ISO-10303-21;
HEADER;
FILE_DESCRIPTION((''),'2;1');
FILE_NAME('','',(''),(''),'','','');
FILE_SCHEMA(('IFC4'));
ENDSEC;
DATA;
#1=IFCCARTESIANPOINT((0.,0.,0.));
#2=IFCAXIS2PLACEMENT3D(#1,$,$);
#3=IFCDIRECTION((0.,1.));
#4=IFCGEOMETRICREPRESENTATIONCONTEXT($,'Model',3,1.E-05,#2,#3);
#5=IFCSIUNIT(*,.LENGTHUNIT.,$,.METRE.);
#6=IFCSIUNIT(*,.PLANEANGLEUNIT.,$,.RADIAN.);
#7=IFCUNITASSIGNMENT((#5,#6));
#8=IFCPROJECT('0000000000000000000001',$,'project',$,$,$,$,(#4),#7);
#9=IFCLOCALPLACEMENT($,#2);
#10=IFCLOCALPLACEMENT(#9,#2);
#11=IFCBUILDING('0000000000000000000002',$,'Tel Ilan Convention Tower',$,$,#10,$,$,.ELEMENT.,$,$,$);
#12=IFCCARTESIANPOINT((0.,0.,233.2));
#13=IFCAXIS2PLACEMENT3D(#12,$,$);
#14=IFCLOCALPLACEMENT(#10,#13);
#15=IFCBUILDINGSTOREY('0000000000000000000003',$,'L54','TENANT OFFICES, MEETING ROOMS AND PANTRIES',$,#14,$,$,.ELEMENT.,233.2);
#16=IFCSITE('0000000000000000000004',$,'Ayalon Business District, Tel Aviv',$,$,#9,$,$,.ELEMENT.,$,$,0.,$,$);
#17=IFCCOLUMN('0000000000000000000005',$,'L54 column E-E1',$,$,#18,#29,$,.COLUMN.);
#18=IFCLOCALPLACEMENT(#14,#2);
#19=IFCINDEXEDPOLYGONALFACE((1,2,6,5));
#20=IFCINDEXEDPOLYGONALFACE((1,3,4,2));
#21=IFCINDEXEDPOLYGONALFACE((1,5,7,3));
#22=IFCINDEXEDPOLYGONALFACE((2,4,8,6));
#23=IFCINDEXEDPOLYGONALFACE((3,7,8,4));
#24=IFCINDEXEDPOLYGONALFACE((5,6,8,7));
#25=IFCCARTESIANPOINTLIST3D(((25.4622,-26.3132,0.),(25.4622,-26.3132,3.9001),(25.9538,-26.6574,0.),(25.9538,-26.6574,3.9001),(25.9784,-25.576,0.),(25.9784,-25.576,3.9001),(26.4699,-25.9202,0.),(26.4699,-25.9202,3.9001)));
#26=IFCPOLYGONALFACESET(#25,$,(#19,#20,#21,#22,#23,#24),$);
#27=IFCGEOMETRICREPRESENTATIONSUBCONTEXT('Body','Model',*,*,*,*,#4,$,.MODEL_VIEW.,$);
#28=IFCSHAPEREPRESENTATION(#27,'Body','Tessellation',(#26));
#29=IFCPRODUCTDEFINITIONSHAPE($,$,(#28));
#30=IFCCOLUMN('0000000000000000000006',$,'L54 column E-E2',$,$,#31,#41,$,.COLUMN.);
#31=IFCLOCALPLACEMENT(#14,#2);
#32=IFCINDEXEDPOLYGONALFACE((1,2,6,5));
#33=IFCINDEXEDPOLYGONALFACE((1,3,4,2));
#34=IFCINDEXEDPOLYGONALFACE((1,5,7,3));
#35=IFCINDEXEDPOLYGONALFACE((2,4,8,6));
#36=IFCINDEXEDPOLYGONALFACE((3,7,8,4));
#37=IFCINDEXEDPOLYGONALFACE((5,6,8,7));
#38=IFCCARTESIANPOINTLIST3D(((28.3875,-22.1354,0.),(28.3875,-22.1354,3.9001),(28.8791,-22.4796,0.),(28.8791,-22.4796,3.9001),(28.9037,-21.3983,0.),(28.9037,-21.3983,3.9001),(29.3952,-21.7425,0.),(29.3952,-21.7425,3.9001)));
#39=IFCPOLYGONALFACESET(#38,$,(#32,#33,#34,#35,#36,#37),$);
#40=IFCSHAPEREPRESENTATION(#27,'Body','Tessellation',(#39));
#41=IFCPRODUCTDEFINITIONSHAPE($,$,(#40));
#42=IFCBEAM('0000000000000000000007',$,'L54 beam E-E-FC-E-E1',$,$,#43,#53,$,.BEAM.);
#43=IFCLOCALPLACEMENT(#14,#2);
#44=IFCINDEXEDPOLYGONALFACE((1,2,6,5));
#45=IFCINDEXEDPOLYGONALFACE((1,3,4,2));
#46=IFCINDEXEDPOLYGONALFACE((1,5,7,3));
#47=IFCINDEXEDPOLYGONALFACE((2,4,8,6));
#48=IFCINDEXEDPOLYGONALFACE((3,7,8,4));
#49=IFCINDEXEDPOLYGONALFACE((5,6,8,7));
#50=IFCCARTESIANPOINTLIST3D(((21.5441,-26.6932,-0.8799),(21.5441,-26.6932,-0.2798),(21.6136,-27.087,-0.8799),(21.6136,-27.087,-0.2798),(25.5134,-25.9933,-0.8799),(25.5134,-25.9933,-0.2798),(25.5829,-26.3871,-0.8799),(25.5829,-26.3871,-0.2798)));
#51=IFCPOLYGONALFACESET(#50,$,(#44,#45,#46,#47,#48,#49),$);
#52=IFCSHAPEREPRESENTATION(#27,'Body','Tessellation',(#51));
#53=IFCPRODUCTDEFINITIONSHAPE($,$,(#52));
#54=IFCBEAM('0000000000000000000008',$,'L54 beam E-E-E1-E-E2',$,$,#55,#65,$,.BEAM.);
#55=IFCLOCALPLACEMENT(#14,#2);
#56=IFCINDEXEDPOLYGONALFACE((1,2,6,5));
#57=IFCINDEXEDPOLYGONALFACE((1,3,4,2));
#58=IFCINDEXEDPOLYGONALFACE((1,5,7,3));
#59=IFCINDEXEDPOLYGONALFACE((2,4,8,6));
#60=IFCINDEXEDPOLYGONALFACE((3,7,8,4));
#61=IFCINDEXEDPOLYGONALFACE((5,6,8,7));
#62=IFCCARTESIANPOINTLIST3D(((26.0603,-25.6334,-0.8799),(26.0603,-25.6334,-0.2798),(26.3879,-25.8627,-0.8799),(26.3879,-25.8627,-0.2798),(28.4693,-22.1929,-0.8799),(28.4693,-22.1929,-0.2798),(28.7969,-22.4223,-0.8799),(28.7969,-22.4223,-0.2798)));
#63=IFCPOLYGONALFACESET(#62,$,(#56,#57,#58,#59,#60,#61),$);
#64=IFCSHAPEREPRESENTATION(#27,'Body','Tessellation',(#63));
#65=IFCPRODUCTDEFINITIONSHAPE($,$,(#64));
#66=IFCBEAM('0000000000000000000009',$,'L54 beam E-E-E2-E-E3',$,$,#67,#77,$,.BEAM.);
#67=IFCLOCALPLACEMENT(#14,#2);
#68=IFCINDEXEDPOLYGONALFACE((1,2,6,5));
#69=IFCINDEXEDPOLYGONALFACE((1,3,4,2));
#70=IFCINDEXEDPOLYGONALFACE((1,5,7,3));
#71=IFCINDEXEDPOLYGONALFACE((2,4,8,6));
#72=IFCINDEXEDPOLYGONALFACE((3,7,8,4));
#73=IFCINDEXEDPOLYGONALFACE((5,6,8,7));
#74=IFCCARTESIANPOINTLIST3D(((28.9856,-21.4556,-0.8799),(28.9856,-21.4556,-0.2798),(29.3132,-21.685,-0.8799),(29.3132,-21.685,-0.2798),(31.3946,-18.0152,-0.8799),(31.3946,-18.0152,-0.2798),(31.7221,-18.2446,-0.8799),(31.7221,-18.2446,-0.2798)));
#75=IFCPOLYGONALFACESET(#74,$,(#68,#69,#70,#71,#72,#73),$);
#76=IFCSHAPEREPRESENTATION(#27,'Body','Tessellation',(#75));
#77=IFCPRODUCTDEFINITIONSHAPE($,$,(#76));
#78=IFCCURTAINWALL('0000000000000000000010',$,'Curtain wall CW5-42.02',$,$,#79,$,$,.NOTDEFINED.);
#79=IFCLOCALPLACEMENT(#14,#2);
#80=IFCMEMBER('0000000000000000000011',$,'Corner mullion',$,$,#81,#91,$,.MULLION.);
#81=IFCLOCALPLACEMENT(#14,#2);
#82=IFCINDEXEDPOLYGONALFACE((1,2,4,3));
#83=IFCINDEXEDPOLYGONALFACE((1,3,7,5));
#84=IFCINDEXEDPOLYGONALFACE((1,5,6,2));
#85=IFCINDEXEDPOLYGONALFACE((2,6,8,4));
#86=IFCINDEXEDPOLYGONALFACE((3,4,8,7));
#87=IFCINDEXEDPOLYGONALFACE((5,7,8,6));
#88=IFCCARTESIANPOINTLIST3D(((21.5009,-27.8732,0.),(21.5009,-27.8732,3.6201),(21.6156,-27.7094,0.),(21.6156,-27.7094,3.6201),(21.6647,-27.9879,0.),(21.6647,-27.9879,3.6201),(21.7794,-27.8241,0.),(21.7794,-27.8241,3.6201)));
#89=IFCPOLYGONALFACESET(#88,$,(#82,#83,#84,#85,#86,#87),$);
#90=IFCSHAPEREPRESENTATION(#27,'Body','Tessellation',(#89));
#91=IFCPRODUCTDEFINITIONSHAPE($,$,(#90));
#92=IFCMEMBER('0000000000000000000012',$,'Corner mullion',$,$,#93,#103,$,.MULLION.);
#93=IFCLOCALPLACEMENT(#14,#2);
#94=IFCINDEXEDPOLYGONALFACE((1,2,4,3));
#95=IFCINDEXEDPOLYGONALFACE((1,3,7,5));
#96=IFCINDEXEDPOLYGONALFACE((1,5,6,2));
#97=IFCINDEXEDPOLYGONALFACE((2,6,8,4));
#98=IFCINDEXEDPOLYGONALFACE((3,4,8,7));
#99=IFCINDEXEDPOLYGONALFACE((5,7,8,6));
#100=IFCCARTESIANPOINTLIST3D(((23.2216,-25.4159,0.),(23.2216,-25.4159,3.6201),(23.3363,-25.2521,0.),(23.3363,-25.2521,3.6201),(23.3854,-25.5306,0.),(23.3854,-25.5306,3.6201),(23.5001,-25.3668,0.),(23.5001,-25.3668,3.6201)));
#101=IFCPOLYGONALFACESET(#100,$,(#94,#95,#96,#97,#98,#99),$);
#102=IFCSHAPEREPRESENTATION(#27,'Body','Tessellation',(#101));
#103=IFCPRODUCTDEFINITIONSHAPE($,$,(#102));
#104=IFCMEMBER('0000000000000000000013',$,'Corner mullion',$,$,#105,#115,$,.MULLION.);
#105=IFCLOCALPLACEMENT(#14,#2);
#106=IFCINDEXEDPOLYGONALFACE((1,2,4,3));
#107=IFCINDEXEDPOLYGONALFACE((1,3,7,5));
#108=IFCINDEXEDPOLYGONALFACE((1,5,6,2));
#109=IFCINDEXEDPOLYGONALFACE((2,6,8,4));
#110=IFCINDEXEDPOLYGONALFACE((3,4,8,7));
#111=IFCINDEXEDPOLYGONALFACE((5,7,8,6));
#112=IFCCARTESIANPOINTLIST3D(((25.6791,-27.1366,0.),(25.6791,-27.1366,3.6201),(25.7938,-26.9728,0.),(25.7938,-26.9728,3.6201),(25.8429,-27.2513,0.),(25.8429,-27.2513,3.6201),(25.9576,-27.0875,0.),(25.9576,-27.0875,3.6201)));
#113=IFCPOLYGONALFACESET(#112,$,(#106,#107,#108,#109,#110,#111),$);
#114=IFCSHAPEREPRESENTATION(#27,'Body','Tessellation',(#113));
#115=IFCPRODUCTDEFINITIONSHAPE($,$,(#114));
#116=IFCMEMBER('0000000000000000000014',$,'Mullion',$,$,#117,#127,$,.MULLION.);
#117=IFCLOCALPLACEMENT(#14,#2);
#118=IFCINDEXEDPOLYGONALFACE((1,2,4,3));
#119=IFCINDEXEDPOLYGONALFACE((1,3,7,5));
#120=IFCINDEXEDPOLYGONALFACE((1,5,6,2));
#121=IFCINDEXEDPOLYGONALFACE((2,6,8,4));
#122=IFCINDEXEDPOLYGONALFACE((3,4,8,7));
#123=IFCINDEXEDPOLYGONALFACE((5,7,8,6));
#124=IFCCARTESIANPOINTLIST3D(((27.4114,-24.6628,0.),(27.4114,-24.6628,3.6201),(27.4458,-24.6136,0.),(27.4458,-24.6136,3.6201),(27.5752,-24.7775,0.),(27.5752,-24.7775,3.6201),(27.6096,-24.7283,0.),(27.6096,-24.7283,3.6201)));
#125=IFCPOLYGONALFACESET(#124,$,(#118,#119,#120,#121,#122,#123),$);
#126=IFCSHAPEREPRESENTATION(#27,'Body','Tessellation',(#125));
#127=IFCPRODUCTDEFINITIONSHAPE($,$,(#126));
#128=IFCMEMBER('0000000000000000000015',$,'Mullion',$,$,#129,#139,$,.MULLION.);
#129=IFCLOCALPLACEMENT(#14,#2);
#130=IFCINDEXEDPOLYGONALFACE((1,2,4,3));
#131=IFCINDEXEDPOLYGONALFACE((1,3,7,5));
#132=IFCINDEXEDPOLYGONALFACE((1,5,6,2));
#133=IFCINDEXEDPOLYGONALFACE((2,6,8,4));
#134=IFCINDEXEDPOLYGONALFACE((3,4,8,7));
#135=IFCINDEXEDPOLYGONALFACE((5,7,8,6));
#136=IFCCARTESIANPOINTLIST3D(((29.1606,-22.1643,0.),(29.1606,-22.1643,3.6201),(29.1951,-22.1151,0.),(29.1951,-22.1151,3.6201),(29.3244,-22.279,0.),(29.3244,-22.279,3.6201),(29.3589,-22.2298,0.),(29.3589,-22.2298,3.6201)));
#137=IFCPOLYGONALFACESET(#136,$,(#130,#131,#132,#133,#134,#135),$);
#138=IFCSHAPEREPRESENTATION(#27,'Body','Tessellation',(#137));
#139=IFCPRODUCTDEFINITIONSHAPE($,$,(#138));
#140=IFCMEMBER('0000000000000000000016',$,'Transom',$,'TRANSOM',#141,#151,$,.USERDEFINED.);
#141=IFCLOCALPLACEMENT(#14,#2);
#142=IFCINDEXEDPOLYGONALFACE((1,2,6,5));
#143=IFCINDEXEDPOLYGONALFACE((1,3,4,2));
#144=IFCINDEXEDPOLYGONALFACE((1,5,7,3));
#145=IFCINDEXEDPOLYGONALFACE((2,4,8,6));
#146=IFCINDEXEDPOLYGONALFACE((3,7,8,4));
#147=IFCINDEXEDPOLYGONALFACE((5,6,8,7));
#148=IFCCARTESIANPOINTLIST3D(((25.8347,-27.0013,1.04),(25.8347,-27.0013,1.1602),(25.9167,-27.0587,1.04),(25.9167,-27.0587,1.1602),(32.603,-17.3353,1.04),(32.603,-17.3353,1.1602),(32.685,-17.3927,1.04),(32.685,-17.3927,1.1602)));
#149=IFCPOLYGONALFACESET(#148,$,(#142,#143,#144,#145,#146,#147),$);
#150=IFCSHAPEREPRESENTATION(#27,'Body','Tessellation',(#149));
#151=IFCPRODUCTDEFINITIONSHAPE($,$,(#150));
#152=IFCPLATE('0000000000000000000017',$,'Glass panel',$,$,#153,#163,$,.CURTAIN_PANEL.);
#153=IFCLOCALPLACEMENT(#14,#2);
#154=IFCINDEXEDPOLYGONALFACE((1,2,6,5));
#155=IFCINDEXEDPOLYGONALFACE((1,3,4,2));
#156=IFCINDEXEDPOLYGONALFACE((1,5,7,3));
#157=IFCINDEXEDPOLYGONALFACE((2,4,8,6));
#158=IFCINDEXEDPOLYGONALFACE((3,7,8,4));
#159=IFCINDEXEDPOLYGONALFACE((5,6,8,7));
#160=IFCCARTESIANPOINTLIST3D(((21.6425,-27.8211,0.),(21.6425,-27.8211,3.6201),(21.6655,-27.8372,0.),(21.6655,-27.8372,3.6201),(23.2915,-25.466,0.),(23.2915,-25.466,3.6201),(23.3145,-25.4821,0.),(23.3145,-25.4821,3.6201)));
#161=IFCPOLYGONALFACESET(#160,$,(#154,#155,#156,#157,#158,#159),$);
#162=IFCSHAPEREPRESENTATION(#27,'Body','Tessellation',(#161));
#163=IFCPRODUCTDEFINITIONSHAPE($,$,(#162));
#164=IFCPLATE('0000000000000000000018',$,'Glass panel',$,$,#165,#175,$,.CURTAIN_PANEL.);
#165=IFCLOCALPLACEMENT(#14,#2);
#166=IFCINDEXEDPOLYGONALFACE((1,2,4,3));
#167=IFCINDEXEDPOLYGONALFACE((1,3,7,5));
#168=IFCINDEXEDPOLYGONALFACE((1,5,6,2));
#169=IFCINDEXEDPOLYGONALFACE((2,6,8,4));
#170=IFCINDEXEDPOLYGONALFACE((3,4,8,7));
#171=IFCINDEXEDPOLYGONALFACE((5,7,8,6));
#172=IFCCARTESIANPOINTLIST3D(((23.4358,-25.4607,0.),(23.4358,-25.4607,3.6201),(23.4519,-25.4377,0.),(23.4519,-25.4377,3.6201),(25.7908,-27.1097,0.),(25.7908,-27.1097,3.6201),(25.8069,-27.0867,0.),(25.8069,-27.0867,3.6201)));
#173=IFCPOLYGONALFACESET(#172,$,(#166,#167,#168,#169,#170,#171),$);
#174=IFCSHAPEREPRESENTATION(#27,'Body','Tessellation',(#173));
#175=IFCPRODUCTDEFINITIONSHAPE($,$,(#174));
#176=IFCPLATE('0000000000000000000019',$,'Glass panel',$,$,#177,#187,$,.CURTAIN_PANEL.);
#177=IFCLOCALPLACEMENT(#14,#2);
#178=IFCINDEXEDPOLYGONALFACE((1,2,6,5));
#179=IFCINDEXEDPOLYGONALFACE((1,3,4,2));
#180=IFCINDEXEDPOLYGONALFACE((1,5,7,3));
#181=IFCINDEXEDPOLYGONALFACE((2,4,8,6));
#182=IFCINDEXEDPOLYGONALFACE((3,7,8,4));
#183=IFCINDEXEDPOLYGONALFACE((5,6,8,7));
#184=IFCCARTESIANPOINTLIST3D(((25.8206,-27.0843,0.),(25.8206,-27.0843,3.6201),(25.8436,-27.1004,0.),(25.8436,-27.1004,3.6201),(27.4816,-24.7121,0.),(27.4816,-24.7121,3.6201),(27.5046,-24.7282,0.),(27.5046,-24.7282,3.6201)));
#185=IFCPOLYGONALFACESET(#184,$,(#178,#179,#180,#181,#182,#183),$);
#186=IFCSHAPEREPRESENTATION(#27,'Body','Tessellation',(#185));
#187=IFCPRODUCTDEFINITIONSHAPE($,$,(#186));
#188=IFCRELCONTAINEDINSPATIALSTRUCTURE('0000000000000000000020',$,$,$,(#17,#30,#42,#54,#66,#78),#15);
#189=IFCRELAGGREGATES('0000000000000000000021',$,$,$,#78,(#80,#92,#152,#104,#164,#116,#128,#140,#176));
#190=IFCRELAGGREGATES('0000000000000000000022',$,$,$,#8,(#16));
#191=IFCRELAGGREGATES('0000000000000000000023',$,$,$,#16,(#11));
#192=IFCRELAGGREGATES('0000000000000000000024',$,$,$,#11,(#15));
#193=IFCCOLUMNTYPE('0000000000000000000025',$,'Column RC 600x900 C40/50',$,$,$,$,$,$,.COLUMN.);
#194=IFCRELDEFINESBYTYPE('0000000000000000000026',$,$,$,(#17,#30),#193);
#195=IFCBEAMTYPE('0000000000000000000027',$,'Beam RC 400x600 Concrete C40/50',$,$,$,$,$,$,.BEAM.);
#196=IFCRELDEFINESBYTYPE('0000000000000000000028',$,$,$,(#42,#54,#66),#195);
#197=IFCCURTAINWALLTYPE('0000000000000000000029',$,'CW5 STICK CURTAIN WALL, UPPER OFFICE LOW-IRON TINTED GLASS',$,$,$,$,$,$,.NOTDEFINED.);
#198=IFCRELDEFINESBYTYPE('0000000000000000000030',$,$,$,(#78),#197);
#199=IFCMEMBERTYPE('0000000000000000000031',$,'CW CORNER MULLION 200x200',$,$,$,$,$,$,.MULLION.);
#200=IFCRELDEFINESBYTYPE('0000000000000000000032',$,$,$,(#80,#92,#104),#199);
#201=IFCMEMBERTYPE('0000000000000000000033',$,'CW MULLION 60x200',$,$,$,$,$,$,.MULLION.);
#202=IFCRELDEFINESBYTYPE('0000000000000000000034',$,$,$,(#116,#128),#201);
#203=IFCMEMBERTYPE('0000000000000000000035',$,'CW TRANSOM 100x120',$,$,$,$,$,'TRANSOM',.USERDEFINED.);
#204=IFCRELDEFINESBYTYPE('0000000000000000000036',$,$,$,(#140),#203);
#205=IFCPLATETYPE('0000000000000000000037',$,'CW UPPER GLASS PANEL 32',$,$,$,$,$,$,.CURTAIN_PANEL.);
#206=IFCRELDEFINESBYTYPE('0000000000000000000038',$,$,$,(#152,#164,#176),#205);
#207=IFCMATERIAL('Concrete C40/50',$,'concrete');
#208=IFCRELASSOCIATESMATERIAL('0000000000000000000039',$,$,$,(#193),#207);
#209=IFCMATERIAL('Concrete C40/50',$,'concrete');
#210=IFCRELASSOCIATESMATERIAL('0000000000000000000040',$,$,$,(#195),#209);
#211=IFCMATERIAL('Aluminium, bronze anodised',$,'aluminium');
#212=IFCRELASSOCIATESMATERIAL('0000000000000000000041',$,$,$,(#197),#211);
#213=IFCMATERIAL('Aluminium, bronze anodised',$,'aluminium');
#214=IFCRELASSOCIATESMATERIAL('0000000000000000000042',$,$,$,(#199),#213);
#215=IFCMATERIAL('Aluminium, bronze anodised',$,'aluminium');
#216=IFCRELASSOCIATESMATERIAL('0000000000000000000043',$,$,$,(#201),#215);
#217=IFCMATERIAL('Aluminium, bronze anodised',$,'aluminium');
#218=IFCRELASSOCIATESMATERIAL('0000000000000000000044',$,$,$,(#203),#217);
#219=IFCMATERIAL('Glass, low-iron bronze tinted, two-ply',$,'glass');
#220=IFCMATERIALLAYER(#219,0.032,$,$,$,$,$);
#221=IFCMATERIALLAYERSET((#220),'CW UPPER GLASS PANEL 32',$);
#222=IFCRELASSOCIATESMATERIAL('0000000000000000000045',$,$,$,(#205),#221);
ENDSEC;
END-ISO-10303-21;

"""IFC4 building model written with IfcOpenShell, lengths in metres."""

from ifc_helpers import new_model, si_unit, direction, frame, origin, origin_2d, place, context, subcontext, project, spatial, rectangle, extrude, material, layer, layer_set, material_profile, profile_set, type_object, element, aggregate, save


model = new_model("IFC4")

# Units and contexts
model_context = context("Model", 3, precision=1e-05, world=origin(), true_north=direction((0.0, 1.0)))
body_context = subcontext(model_context, "Body", "Model", "MODEL_VIEW")
ifc_project = project(units=[si_unit("LENGTHUNIT", "METRE"), si_unit("PLANEANGLEUNIT", "RADIAN")], contexts=[model_context])

# Site, building, storey
site_placement = place(None, origin())
site = spatial("IfcSite", under=ifc_project, at=site_placement, Name="Ayalon Business District, Tel Aviv", CompositionType="ELEMENT", RefElevation=0.0)
building_placement = place(site_placement, origin())
building = spatial("IfcBuilding", under=site, at=building_placement, Name="Tel Ilan Convention Tower", CompositionType="ELEMENT")
storey_placement = place(building_placement, frame((0.0, 0.0, 233.2)))
storey = spatial("IfcBuildingStorey", under=building, at=storey_placement, Name="L54", Description="TENANT OFFICES, MEETING ROOMS AND PANTRIES", CompositionType="ELEMENT", Elevation=233.2)

# Columns
ifc_material_1 = material(Name="Concrete C40/50", Category="concrete")
ifc_material_profile_1 = material_profile(ifc_material_1, rectangle(XDim=0.8999, YDim=0.6001, at=origin_2d()), Name="RC 600x900")
ifc_profile_set_1 = profile_set([ifc_material_profile_1], Name="Concrete C40/50")
column_type = type_object("IfcColumnType", Name="Column RC 600x900 C40/50", PredefinedType="COLUMN", material=ifc_profile_set_1)
for number, where, z_axis, x_axis, name in (
    (1, (25.9661, -26.1167, 0.0), (0.0, 0.0, 1.0), (0.573576, 0.819152, 0.0), "L54 column E-E1"),
    (2, (28.8914, -21.939, 0.0), (0.0, 0.0, 1.0), (0.573576, 0.819152, 0.0), "L54 column E-E2"),
):
    element("IfcColumn", number, at=place(storey_placement, frame(where, z_axis=z_axis, x_axis=x_axis)), inside=storey, type_object=column_type, Name=name, PredefinedType="COLUMN", context=body_context, shape_type="SweptSolid", body=[
        extrude(rectangle(XDim=0.8999, YDim=0.6001, at=origin_2d()), origin(), (0.0, 0.0, 1.0), 3.9001),
    ])

# Beams
ifc_material_2 = material(Name="Concrete C40/50", Category="concrete")
ifc_material_profile_2 = material_profile(ifc_material_2, rectangle(XDim=0.3999, YDim=0.6001, at=origin_2d()), Name="RC 400x600")
ifc_profile_set_2 = profile_set([ifc_material_profile_2], Name="Concrete C40/50")
beam_type = type_object("IfcBeamType", Name="Beam RC 400x600 Concrete C40/50", PredefinedType="BEAM", material=ifc_profile_set_2)
beam_placement = place(storey_placement, frame((21.5789, -26.8901, -0.5798), z_axis=(0.984805, 0.173664, 0.0), x_axis=(-0.173664, 0.984805, 0.0)))
element("IfcBeam", 3, at=beam_placement, inside=storey, type_object=beam_type, Name="L54 beam E-E-FC-E-E1", PredefinedType="BEAM", context=body_context, shape_type="SweptSolid", body=[
    extrude(rectangle(XDim=0.3999, YDim=0.6001, at=origin_2d()), origin(), (0.0, 0.0, 1.0), 4.0305),
])
for number, where, z_axis, x_axis, name in (
    (4, (26.2241, -25.748, -0.5798), (0.573564, 0.819161, 0.0), (-0.819161, 0.573564, 0.0), "L54 beam E-E-E1-E-E2"),
    (5, (29.1494, -21.5703, -0.5798), (0.573564, 0.819161, 0.0), (-0.819161, 0.573564, 0.0), "L54 beam E-E-E2-E-E3"),
):
    element("IfcBeam", number, at=place(storey_placement, frame(where, z_axis=z_axis, x_axis=x_axis)), inside=storey, type_object=beam_type, Name=name, PredefinedType="BEAM", context=body_context, shape_type="SweptSolid", body=[
        extrude(rectangle(XDim=0.3999, YDim=0.6001, at=origin_2d()), origin(), (0.0, 0.0, 1.0), 4.2),
    ])

# Curtain wall, members, plates
ifc_material_3 = material(Name="Aluminium, bronze anodised", Category="aluminium")
curtain_wall_type = type_object("IfcCurtainWallType", Name="CW5 STICK CURTAIN WALL, UPPER OFFICE LOW-IRON TINTED GLASS", PredefinedType="NOTDEFINED", material=ifc_material_3)
curtain_wall_placement = place(storey_placement, origin())
curtain_wall = element("IfcCurtainWall", 6, at=curtain_wall_placement, inside=storey, type_object=curtain_wall_type, Name="Curtain wall CW5-42.02", PredefinedType="NOTDEFINED")
ifc_material_4 = material(Name="Aluminium, bronze anodised", Category="aluminium")
ifc_material_profile_3 = material_profile(ifc_material_4, rectangle(XDim=0.2, YDim=0.2, at=origin_2d()), Name="CW CORNER MULLION 200x200")
ifc_profile_set_3 = profile_set([ifc_material_profile_3], Name="Aluminium, bronze anodised")
member_type_1 = type_object("IfcMemberType", Name="CW CORNER MULLION 200x200", PredefinedType="MULLION", material=ifc_profile_set_3)
member_1_placement = place(storey_placement, frame((21.6401, -27.8486, 0.0), z_axis=(0.0, 0.0, 1.0), x_axis=(0.819152, -0.573576, 0.0)))
member_1 = element("IfcMember", 7, at=member_1_placement, type_object=member_type_1, Name="Corner mullion", PredefinedType="MULLION", context=body_context, shape_type="SweptSolid", body=[
    extrude(rectangle(XDim=0.2, YDim=0.2, at=origin_2d()), origin(), (0.0, 0.0, 1.0), 3.6201),
])
member_2_placement = place(storey_placement, frame((23.3608, -25.3914, 0.0), z_axis=(0.0, 0.0, 1.0), x_axis=(0.573576, 0.819152, 0.0)))
member_2 = element("IfcMember", 8, at=member_2_placement, type_object=member_type_1, Name="Corner mullion", PredefinedType="MULLION", context=body_context, shape_type="SweptSolid", body=[
    extrude(rectangle(XDim=0.2, YDim=0.2, at=origin_2d()), origin(), (0.0, 0.0, 1.0), 3.6201),
])
member_3_placement = place(storey_placement, frame((25.8184, -27.1121, 0.0), z_axis=(0.0, 0.0, 1.0), x_axis=(0.819152, -0.573576, 0.0)))
member_3 = element("IfcMember", 9, at=member_3_placement, type_object=member_type_1, Name="Corner mullion", PredefinedType="MULLION", context=body_context, shape_type="SweptSolid", body=[
    extrude(rectangle(XDim=0.2, YDim=0.2, at=origin_2d()), origin(), (0.0, 0.0, 1.0), 3.6201),
])
ifc_material_5 = material(Name="Aluminium, bronze anodised", Category="aluminium")
ifc_material_profile_4 = material_profile(ifc_material_5, rectangle(XDim=0.0601, YDim=0.2, at=origin_2d()), Name="CW MULLION 60x200")
ifc_profile_set_4 = profile_set([ifc_material_profile_4], Name="Aluminium, bronze anodised")
member_type_2 = type_object("IfcMemberType", Name="CW MULLION 60x200", PredefinedType="MULLION", material=ifc_profile_set_4)
member_4_placement = place(storey_placement, frame((27.5105, -24.6956, 0.0), z_axis=(0.0, 0.0, 1.0), x_axis=(0.573576, 0.819152, 0.0)))
member_4 = element("IfcMember", 10, at=member_4_placement, type_object=member_type_2, Name="Mullion", PredefinedType="MULLION", context=body_context, shape_type="SweptSolid", body=[
    extrude(rectangle(XDim=0.0601, YDim=0.2, at=origin_2d()), origin(), (0.0, 0.0, 1.0), 3.6201),
])
member_5_placement = place(storey_placement, frame((29.2598, -22.197, 0.0), z_axis=(0.0, 0.0, 1.0), x_axis=(0.573576, 0.819152, 0.0)))
member_5 = element("IfcMember", 11, at=member_5_placement, type_object=member_type_2, Name="Mullion", PredefinedType="MULLION", context=body_context, shape_type="SweptSolid", body=[
    extrude(rectangle(XDim=0.0601, YDim=0.2, at=origin_2d()), origin(), (0.0, 0.0, 1.0), 3.6201),
])
ifc_material_6 = material(Name="Aluminium, bronze anodised", Category="aluminium")
ifc_material_profile_5 = material_profile(ifc_material_6, rectangle(XDim=0.1001, YDim=0.1201, at=origin_2d()), Name="CW TRANSOM 100x120")
ifc_profile_set_5 = profile_set([ifc_material_profile_5], Name="Aluminium, bronze anodised")
member_type_3 = type_object("IfcMemberType", Name="CW TRANSOM 100x120", ElementType="TRANSOM", PredefinedType="USERDEFINED", material=ifc_profile_set_5)
member_6_placement = place(storey_placement, frame((25.8757, -27.03, 1.1001), z_axis=(0.573582, 0.819148, 0.0), x_axis=(-0.819148, 0.573582, 0.0)))
member_6 = element("IfcMember", 12, at=member_6_placement, type_object=member_type_3, Name="Transom", ObjectType="TRANSOM", PredefinedType="USERDEFINED", context=body_context, shape_type="SweptSolid", body=[
    extrude(rectangle(XDim=0.1001, YDim=0.1201, at=origin_2d()), origin(), (0.0, 0.0, 1.0), 11.8),
])
ifc_material_7 = material(Name="Glass, low-iron bronze tinted, two-ply", Category="glass")
ifc_layer_1 = layer(ifc_material_7, 0.032)
ifc_layer_set_1 = layer_set([ifc_layer_1], Name="CW UPPER GLASS PANEL 32")
plate_type = type_object("IfcPlateType", Name="CW UPPER GLASS PANEL 32", PredefinedType="CURTAIN_PANEL", material=ifc_layer_set_1)
plate_1_placement = place(storey_placement, frame((22.4785, -26.6516, 0.0), z_axis=(0.0, 0.0, 1.0), x_axis=(0.573576, 0.819152, 0.0)))
plate_1 = element("IfcPlate", 13, at=plate_1_placement, type_object=plate_type, Name="Glass panel", PredefinedType="CURTAIN_PANEL", context=body_context, shape_type="SweptSolid", body=[
    extrude(rectangle(XDim=2.875, YDim=0.0281, at=origin_2d()), origin(), (0.0, 0.0, 1.0), 3.6201),
])
plate_2_placement = place(storey_placement, frame((24.6213, -26.2737, 0.0), z_axis=(0.0, 0.0, 1.0), x_axis=(0.819152, -0.573576, 0.0)))
plate_2 = element("IfcPlate", 14, at=plate_2_placement, type_object=plate_type, Name="Glass panel", PredefinedType="CURTAIN_PANEL", context=body_context, shape_type="SweptSolid", body=[
    extrude(rectangle(XDim=2.875, YDim=0.0281, at=origin_2d()), origin(), (0.0, 0.0, 1.0), 3.6201),
])
plate_3_placement = place(storey_placement, frame((26.6626, -25.9062, 0.0), z_axis=(0.0, 0.0, 1.0), x_axis=(0.573576, 0.819152, 0.0)))
plate_3 = element("IfcPlate", 15, at=plate_3_placement, type_object=plate_type, Name="Glass panel", PredefinedType="CURTAIN_PANEL", context=body_context, shape_type="SweptSolid", body=[
    extrude(rectangle(XDim=2.896, YDim=0.0281, at=origin_2d()), origin(), (0.0, 0.0, 1.0), 3.6201),
])
aggregate(curtain_wall, [member_1, member_2, plate_1, member_3, plate_2, member_4, member_5, member_6, plate_3])

save(model, "model.ifc")
